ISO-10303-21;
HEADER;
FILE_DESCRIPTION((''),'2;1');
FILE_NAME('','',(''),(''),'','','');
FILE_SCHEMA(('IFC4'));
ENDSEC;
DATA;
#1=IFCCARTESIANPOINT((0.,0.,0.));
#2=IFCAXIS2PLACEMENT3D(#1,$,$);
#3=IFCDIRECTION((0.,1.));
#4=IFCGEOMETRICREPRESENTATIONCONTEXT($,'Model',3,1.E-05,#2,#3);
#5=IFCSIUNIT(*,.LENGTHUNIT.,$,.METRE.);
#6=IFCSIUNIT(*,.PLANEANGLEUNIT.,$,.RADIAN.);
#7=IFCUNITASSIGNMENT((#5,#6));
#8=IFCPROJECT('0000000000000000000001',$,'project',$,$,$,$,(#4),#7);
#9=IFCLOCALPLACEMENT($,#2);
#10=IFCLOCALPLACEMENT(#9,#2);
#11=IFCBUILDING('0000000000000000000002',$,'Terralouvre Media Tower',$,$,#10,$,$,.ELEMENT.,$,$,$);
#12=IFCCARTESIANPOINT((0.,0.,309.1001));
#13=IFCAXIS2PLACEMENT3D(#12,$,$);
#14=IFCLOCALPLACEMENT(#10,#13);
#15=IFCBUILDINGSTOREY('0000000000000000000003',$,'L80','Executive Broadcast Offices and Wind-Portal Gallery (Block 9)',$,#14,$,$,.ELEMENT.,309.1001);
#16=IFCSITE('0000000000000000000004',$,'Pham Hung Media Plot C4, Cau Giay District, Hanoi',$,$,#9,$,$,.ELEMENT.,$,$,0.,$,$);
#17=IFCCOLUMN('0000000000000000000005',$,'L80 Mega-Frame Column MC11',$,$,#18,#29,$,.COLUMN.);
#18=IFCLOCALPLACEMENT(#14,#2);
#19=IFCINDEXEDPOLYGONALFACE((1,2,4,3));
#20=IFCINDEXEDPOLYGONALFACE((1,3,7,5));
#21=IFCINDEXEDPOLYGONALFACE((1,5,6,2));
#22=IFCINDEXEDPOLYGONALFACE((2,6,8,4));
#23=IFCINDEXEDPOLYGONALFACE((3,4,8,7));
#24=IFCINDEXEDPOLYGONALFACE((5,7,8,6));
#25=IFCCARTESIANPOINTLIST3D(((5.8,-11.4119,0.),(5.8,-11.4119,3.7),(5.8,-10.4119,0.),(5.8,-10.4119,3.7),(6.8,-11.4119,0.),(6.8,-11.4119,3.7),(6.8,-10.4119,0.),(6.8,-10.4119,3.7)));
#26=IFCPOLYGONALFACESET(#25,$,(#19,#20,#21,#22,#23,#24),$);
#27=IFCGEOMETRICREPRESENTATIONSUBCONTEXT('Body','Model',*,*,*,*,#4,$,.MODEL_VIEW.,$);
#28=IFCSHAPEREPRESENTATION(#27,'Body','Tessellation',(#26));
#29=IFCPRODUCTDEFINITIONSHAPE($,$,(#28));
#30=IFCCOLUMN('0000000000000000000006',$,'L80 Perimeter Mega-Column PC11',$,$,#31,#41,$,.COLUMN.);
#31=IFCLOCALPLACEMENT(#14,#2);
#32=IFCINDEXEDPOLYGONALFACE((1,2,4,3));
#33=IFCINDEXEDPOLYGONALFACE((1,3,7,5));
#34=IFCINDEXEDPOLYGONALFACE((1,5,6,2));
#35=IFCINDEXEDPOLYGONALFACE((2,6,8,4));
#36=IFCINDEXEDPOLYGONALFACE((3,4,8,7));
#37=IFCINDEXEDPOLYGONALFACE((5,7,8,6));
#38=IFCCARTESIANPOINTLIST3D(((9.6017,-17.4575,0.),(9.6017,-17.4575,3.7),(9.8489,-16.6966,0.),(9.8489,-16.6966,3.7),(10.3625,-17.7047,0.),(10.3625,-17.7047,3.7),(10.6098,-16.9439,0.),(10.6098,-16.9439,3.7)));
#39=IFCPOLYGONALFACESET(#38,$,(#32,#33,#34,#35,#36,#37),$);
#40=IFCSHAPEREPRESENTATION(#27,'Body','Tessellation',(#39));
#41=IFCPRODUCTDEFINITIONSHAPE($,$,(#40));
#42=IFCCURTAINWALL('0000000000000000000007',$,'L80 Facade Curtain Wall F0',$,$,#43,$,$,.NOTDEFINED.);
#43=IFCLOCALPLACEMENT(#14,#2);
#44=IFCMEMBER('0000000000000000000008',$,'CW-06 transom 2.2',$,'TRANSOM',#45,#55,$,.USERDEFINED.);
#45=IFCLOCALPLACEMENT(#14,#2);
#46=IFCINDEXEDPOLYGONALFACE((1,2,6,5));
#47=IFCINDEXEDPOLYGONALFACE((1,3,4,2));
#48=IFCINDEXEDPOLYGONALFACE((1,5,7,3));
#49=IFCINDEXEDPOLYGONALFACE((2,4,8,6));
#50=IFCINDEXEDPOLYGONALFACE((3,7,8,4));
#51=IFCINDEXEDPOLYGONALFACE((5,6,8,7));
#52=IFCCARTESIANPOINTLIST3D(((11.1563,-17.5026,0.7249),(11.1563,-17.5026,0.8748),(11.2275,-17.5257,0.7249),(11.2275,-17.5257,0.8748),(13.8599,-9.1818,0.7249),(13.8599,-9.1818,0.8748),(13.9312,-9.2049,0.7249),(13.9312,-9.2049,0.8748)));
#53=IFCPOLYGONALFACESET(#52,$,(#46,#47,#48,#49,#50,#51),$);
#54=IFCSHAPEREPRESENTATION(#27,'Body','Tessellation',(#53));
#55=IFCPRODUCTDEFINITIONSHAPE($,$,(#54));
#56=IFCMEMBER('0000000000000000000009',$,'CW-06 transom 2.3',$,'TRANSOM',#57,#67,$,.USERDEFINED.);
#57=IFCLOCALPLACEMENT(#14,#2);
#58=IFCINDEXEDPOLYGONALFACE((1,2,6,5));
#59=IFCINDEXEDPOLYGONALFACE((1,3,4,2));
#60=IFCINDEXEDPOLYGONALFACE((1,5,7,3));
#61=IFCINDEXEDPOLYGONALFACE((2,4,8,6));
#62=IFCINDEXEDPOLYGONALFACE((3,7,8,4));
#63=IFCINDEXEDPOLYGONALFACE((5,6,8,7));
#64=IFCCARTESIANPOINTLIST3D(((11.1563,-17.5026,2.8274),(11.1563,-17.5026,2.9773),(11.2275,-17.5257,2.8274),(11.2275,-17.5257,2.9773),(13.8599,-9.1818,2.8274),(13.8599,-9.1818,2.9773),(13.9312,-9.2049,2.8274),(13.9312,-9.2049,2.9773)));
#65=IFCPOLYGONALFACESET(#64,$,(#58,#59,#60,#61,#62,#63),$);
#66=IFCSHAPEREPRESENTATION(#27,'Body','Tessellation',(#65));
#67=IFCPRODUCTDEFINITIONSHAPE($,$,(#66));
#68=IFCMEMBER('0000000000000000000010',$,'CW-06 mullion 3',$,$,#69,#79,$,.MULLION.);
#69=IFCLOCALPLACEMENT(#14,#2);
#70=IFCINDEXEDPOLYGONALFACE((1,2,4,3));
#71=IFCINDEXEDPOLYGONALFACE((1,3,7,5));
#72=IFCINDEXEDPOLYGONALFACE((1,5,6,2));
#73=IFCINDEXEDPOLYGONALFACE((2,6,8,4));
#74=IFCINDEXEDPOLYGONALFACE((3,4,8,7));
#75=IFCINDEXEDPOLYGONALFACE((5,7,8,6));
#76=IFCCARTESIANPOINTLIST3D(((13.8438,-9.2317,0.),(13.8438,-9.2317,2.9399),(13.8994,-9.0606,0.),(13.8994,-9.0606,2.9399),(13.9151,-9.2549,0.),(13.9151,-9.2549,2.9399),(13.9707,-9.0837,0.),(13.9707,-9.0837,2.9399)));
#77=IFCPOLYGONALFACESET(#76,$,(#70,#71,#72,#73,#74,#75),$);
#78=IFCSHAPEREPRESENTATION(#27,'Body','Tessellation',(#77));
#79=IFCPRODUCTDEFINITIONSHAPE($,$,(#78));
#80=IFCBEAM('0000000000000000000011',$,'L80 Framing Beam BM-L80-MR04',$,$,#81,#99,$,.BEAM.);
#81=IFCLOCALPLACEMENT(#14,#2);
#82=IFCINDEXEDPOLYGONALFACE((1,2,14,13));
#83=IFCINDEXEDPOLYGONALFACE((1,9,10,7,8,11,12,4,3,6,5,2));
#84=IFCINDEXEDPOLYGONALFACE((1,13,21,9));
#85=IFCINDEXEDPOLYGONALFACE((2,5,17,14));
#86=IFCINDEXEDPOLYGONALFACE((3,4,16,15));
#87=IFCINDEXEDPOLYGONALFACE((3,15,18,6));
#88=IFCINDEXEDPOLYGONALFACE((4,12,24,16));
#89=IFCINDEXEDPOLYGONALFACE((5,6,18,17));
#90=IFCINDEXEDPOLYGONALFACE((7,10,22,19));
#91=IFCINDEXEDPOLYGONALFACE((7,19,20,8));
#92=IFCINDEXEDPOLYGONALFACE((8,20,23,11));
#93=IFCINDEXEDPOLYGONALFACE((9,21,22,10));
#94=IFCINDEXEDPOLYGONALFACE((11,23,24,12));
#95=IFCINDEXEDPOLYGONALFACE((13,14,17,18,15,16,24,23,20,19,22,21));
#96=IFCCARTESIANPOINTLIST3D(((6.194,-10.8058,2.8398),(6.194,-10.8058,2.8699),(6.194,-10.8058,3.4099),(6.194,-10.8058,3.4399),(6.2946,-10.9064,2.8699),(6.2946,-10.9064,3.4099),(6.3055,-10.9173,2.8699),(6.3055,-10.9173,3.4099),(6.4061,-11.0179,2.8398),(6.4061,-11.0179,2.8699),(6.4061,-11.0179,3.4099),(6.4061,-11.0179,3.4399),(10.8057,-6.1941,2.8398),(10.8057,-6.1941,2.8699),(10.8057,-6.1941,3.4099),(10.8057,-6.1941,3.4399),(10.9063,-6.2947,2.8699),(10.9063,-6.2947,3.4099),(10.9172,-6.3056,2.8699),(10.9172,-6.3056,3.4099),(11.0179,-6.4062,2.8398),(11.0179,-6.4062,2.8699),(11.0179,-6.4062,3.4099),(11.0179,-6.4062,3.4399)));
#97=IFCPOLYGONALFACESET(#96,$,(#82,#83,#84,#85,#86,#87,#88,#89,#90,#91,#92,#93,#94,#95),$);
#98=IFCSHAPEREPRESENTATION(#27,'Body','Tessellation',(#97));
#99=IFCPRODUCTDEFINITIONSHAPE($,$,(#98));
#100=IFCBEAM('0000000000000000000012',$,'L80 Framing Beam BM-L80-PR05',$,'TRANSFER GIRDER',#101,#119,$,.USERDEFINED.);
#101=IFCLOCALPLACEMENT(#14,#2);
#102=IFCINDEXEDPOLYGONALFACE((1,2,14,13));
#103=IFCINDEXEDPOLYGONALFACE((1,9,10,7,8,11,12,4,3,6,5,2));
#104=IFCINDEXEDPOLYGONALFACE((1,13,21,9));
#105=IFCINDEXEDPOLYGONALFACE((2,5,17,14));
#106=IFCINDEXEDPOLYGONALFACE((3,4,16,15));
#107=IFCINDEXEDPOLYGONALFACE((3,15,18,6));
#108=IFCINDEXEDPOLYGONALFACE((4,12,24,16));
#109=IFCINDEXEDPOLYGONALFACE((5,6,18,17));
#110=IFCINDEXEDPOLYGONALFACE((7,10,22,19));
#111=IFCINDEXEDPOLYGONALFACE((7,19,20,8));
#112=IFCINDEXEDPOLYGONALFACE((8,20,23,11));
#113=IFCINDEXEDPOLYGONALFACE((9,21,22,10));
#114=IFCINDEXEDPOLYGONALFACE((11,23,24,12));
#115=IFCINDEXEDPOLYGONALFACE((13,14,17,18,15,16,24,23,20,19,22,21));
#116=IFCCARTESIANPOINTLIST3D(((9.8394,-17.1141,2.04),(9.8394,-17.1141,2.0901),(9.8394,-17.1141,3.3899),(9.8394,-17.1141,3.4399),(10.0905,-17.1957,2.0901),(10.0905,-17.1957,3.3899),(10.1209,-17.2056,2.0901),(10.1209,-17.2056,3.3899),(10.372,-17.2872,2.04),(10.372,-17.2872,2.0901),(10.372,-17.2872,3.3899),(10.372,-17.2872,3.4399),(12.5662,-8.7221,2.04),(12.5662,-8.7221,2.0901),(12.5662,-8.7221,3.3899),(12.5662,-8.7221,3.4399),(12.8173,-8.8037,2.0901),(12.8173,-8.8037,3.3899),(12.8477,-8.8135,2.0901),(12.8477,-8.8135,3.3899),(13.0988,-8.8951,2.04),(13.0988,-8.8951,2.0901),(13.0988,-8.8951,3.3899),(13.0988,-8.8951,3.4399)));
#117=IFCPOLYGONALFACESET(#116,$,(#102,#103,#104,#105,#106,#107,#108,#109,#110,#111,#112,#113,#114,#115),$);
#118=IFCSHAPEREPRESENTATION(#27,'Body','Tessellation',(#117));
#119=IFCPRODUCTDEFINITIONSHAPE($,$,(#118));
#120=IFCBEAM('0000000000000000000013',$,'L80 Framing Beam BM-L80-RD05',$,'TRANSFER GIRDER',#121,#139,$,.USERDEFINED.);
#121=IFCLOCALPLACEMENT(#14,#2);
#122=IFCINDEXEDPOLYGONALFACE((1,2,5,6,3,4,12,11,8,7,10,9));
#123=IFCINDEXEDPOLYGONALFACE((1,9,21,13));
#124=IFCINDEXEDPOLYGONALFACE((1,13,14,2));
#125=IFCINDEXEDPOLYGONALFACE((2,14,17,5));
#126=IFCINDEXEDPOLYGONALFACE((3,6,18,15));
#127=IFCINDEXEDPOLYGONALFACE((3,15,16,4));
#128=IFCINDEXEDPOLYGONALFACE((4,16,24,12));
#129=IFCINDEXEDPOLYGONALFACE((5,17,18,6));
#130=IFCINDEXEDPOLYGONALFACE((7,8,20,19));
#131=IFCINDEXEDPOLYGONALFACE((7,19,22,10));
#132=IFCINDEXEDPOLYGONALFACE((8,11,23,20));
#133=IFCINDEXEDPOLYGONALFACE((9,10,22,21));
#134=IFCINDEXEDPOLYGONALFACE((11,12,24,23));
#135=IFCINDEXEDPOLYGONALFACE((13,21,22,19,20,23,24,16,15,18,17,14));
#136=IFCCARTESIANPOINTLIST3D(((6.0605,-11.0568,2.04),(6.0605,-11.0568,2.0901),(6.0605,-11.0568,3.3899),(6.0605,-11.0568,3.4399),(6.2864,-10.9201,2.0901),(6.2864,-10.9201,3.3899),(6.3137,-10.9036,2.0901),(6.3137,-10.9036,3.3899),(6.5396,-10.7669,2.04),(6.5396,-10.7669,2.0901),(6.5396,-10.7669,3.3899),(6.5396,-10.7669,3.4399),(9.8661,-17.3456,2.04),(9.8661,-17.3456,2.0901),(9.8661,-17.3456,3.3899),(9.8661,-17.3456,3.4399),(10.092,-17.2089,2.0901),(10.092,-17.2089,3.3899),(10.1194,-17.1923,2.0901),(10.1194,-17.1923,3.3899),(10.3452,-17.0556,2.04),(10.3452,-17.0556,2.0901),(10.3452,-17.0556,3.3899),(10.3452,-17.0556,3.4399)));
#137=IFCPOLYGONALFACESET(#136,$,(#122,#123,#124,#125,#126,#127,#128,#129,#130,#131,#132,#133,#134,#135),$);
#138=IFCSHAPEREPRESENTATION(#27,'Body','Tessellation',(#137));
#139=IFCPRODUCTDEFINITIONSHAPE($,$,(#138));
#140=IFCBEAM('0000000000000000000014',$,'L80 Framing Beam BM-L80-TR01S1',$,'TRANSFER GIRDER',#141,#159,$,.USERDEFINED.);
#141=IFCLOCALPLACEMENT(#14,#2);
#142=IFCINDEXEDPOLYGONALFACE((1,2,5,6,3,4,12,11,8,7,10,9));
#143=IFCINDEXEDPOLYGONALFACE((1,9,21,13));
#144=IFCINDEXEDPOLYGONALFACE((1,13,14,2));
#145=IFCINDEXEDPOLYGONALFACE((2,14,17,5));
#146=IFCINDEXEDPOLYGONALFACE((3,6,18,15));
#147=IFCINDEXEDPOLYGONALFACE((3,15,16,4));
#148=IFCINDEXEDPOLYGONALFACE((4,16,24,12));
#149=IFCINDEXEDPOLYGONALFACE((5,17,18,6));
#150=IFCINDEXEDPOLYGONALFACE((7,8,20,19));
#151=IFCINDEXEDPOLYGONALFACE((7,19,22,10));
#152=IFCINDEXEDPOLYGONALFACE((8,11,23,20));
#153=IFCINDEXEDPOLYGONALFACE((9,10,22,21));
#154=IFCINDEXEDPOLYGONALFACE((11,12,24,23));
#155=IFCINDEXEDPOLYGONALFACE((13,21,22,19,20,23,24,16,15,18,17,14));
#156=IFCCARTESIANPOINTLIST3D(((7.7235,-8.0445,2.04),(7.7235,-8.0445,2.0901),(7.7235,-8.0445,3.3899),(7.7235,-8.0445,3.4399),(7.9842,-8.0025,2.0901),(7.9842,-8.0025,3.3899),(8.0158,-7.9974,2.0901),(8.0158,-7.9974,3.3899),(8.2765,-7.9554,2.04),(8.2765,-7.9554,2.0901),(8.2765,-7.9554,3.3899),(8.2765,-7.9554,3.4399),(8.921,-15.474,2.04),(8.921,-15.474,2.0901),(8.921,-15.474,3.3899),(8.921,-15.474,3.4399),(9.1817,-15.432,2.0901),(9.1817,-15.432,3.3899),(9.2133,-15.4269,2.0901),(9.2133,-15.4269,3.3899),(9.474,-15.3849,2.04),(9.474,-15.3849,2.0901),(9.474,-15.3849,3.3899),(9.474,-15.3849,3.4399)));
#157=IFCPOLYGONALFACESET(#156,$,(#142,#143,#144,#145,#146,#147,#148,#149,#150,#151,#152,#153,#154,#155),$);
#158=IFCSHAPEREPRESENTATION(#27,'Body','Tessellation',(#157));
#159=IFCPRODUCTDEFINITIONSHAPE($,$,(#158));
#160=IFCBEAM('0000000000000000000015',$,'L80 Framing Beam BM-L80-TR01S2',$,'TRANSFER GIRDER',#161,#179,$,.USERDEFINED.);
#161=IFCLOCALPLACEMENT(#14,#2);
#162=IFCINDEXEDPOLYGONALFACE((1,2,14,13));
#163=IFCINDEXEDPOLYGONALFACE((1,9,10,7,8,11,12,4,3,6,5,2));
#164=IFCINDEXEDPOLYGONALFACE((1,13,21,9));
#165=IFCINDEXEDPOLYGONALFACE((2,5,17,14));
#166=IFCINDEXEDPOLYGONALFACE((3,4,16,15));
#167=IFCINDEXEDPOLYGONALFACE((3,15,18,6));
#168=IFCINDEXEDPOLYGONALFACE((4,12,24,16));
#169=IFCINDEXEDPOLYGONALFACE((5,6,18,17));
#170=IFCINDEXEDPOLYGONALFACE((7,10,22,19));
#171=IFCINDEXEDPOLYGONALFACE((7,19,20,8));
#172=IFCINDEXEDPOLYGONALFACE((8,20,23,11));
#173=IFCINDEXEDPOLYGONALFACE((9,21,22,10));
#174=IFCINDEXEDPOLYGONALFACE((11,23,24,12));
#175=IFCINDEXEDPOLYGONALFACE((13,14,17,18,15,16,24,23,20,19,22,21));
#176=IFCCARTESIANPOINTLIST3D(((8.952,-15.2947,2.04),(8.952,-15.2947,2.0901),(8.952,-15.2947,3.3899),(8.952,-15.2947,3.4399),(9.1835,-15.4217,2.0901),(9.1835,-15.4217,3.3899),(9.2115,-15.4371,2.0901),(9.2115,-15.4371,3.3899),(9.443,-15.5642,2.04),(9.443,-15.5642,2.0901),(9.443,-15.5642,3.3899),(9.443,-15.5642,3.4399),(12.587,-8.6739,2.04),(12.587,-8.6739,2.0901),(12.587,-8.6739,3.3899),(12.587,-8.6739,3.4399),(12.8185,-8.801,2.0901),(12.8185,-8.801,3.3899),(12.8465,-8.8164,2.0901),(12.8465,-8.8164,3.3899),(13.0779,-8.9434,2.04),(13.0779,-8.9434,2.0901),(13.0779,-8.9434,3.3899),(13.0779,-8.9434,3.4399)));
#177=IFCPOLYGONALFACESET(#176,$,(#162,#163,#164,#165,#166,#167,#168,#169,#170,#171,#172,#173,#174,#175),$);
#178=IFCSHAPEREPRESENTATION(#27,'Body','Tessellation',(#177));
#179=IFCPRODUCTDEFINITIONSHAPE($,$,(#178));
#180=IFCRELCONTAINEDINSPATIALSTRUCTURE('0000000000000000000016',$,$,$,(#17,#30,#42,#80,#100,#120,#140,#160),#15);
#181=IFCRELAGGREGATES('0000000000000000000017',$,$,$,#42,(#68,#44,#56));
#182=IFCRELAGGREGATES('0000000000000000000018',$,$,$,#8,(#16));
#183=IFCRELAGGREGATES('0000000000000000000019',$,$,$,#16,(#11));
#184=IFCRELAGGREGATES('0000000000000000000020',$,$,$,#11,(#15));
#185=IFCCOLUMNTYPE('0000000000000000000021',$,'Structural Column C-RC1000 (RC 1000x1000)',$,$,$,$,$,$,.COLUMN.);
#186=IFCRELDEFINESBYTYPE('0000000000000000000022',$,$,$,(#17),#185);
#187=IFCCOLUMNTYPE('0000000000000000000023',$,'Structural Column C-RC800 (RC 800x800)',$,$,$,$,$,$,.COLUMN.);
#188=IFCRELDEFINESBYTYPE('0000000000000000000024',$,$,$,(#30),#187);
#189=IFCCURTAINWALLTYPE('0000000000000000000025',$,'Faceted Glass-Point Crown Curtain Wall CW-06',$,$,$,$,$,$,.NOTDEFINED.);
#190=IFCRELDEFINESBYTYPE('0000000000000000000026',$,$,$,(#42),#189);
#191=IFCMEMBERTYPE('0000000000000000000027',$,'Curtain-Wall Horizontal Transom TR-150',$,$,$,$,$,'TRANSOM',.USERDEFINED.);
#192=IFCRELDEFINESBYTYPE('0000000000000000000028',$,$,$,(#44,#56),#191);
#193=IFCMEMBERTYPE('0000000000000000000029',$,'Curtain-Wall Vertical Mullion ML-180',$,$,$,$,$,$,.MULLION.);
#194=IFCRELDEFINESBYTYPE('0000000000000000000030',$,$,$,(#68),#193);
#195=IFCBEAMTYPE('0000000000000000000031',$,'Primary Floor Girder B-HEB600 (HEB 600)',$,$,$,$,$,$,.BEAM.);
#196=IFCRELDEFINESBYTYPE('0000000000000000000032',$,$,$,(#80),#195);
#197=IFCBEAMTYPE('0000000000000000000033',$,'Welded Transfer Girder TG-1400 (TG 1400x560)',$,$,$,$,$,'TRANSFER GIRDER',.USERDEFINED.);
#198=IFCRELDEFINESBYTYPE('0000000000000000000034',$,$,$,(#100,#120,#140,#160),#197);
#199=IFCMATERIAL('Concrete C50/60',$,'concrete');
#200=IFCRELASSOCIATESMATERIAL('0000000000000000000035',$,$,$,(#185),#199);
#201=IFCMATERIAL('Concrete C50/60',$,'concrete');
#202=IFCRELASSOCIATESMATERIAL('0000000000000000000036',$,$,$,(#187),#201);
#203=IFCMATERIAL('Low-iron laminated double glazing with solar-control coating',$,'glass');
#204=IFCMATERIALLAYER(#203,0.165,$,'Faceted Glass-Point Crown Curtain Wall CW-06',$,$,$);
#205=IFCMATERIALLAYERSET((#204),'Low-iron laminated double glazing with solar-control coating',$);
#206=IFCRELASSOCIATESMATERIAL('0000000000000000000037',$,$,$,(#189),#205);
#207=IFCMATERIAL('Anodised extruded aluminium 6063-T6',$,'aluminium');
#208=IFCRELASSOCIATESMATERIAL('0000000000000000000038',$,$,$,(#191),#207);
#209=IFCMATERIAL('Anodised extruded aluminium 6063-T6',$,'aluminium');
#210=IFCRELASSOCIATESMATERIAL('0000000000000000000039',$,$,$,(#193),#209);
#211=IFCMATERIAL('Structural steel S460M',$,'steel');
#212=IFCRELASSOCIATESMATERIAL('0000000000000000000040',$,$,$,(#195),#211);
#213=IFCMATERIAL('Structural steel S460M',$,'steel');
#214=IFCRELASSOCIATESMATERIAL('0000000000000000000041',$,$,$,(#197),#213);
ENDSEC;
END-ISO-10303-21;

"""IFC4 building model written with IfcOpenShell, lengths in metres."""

from ifc_helpers import new_model, si_unit, direction, frame, origin, origin_2d, place, context, subcontext, project, spatial, rectangle, i_section, extrude, material, layer, layer_set, material_profile, profile_set, type_object, element, aggregate, save


model = new_model("IFC4")

# Units and contexts
model_context = context("Model", 3, precision=1e-05, world=origin(), true_north=direction((0.0, 1.0)))
body_context = subcontext(model_context, "Body", "Model", "MODEL_VIEW")
ifc_project = project(units=[si_unit("LENGTHUNIT", "METRE"), si_unit("PLANEANGLEUNIT", "RADIAN")], contexts=[model_context])

# Site, building, storey
site_placement = place(None, origin())
site = spatial("IfcSite", under=ifc_project, at=site_placement, Name="Pham Hung Media Plot C4, Cau Giay District, Hanoi", CompositionType="ELEMENT", RefElevation=0.0)
building_placement = place(site_placement, origin())
building = spatial("IfcBuilding", under=site, at=building_placement, Name="Terralouvre Media Tower", CompositionType="ELEMENT")
storey_placement = place(building_placement, frame((0.0, 0.0, 309.1001)))
storey = spatial("IfcBuildingStorey", under=building, at=storey_placement, Name="L80", Description="Executive Broadcast Offices and Wind-Portal Gallery (Block 9)", CompositionType="ELEMENT", Elevation=309.1001)

# Columns
ifc_material_1 = material(Name="Concrete C50/60", Category="concrete")
ifc_material_profile_1 = material_profile(ifc_material_1, rectangle(XDim=1.0, YDim=1.0, at=origin_2d()), Name="RC 1000x1000")
ifc_profile_set_1 = profile_set([ifc_material_profile_1], Name="Concrete C50/60")
column_type_1 = type_object("IfcColumnType", Name="Structural Column C-RC1000 (RC 1000x1000)", PredefinedType="COLUMN", material=ifc_profile_set_1)
column_1_placement = place(storey_placement, frame((6.3, -10.9119, 0.0), z_axis=(0.0, 0.0, 1.0), x_axis=(1.0, 0.0, 0.0)))
element("IfcColumn", 1, at=column_1_placement, inside=storey, type_object=column_type_1, Name="L80 Mega-Frame Column MC11", PredefinedType="COLUMN", context=body_context, shape_type="SweptSolid", body=[
    extrude(rectangle(XDim=1.0, YDim=1.0, at=origin_2d()), origin(), (0.0, 0.0, 1.0), 3.7),
])
ifc_material_2 = material(Name="Concrete C50/60", Category="concrete")
ifc_material_profile_2 = material_profile(ifc_material_2, rectangle(XDim=0.8, YDim=0.8, at=origin_2d()), Name="RC 800x800")
ifc_profile_set_2 = profile_set([ifc_material_profile_2], Name="Concrete C50/60")
column_type_2 = type_object("IfcColumnType", Name="Structural Column C-RC800 (RC 800x800)", PredefinedType="COLUMN", material=ifc_profile_set_2)
column_2_placement = place(storey_placement, frame((10.1057, -17.2007, 0.0), z_axis=(0.0, 0.0, 1.0), x_axis=(0.309017, 0.951057, 0.0)))
element("IfcColumn", 2, at=column_2_placement, inside=storey, type_object=column_type_2, Name="L80 Perimeter Mega-Column PC11", PredefinedType="COLUMN", context=body_context, shape_type="SweptSolid", body=[
    extrude(rectangle(XDim=0.8, YDim=0.8, at=origin_2d()), origin(), (0.0, 0.0, 1.0), 3.7),
])

# Curtain wall, members
ifc_material_3 = material(Name="Low-iron laminated double glazing with solar-control coating", Category="glass")
ifc_layer_1 = layer(ifc_material_3, 0.165, Name="Faceted Glass-Point Crown Curtain Wall CW-06")
ifc_layer_set_1 = layer_set([ifc_layer_1], Name="Low-iron laminated double glazing with solar-control coating")
curtain_wall_type = type_object("IfcCurtainWallType", Name="Faceted Glass-Point Crown Curtain Wall CW-06", PredefinedType="NOTDEFINED", material=ifc_layer_set_1)
curtain_wall_placement = place(storey_placement, origin())
curtain_wall = element("IfcCurtainWall", 3, at=curtain_wall_placement, inside=storey, type_object=curtain_wall_type, Name="L80 Facade Curtain Wall F0", PredefinedType="NOTDEFINED")
ifc_material_4 = material(Name="Anodised extruded aluminium 6063-T6", Category="aluminium")
ifc_material_profile_3 = material_profile(ifc_material_4, rectangle(XDim=0.075, YDim=0.1499, at=origin_2d()), Name="ALU 75x150")
ifc_profile_set_3 = profile_set([ifc_material_profile_3], Name="Anodised extruded aluminium 6063-T6")
member_type_1 = type_object("IfcMemberType", Name="Curtain-Wall Horizontal Transom TR-150", ElementType="TRANSOM", PredefinedType="USERDEFINED", material=ifc_profile_set_3)
member_1_placement = place(storey_placement, frame((11.1919, -17.5142, 0.7998), z_axis=(0.309019, 0.951056, 0.0), x_axis=(-0.951056, 0.309019, 0.0)))
member_1 = element("IfcMember", 4, at=member_1_placement, type_object=member_type_1, Name="CW-06 transom 2.2", ObjectType="TRANSOM", PredefinedType="USERDEFINED", context=body_context, shape_type="SweptSolid", body=[
    extrude(rectangle(XDim=0.075, YDim=0.1499, at=origin_2d()), origin(), (0.0, 0.0, 1.0), 8.749),
])
member_2_placement = place(storey_placement, frame((11.1919, -17.5142, 2.9023), z_axis=(0.309019, 0.951056, 0.0), x_axis=(-0.951056, 0.309019, 0.0)))
member_2 = element("IfcMember", 5, at=member_2_placement, type_object=member_type_1, Name="CW-06 transom 2.3", ObjectType="TRANSOM", PredefinedType="USERDEFINED", context=body_context, shape_type="SweptSolid", body=[
    extrude(rectangle(XDim=0.075, YDim=0.1499, at=origin_2d()), origin(), (0.0, 0.0, 1.0), 8.749),
])
ifc_material_5 = material(Name="Anodised extruded aluminium 6063-T6", Category="aluminium")
ifc_material_profile_4 = material_profile(ifc_material_5, rectangle(XDim=0.075, YDim=0.1799, at=origin_2d()), Name="ALU 75x180")
ifc_profile_set_4 = profile_set([ifc_material_profile_4], Name="Anodised extruded aluminium 6063-T6")
member_type_2 = type_object("IfcMemberType", Name="Curtain-Wall Vertical Mullion ML-180", PredefinedType="MULLION", material=ifc_profile_set_4)
member_3_placement = place(storey_placement, frame((13.9072, -9.1577, 0.0), z_axis=(0.0, 0.0, 1.0), x_axis=(-0.951057, 0.309017, 0.0)))
member_3 = element("IfcMember", 6, at=member_3_placement, type_object=member_type_2, Name="CW-06 mullion 3", PredefinedType="MULLION", context=body_context, shape_type="SweptSolid", body=[
    extrude(rectangle(XDim=0.075, YDim=0.1799, at=origin_2d()), origin(), (0.0, 0.0, 1.0), 2.9399),
])

# Beams
ifc_material_6 = material(Name="Structural steel S460M", Category="steel")
ifc_material_profile_5 = material_profile(ifc_material_6, i_section(OverallWidth=0.3, OverallDepth=0.6001, WebThickness=0.0154, FlangeThickness=0.03, at=origin_2d()), Name="HEB 600")
ifc_profile_set_5 = profile_set([ifc_material_profile_5], Name="Structural steel S460M")
beam_type_1 = type_object("IfcBeamType", Name="Primary Floor Girder B-HEB600 (HEB 600)", PredefinedType="BEAM", material=ifc_profile_set_5)
beam_1_placement = place(storey_placement, frame((6.3, -10.9119, 3.1399), z_axis=(0.707107, 0.707107, 0.0), x_axis=(-0.707107, 0.707107, 0.0)))
element("IfcBeam", 7, at=beam_1_placement, inside=storey, type_object=beam_type_1, Name="L80 Framing Beam BM-L80-MR04", PredefinedType="BEAM", context=body_context, shape_type="SweptSolid", body=[
    extrude(i_section(OverallWidth=0.3, OverallDepth=0.6001, WebThickness=0.0154, FlangeThickness=0.03, at=origin_2d()), origin(), (0.0, 0.0, 1.0), 6.522),
])
ifc_material_7 = material(Name="Structural steel S460M", Category="steel")
ifc_material_profile_6 = material_profile(ifc_material_7, i_section(OverallWidth=0.5601, OverallDepth=1.3999, WebThickness=0.032, FlangeThickness=0.05, at=origin_2d()), Name="TG 1400x560")
ifc_profile_set_6 = profile_set([ifc_material_profile_6], Name="Structural steel S460M")
beam_type_2 = type_object("IfcBeamType", Name="Welded Transfer Girder TG-1400 (TG 1400x560)", ElementType="TRANSFER GIRDER", PredefinedType="USERDEFINED", material=ifc_profile_set_6)
beam_2_placement = place(storey_placement, frame((10.1057, -17.2007, 2.74), z_axis=(0.309022, 0.951055, 0.0), x_axis=(-0.951055, 0.309022, 0.0)))
element("IfcBeam", 8, at=beam_2_placement, inside=storey, type_object=beam_type_2, Name="L80 Framing Beam BM-L80-PR05", ObjectType="TRANSFER GIRDER", PredefinedType="USERDEFINED", context=body_context, shape_type="SweptSolid", body=[
    extrude(i_section(OverallWidth=0.5601, OverallDepth=1.3999, WebThickness=0.032, FlangeThickness=0.05, at=origin_2d()), origin(), (0.0, 0.0, 1.0), 8.824),
])
beam_3_placement = place(storey_placement, frame((6.3, -10.9119, 2.74), z_axis=(0.51773, -0.855544, 0.0), x_axis=(0.855544, 0.51773, 0.0)))
element("IfcBeam", 9, at=beam_3_placement, inside=storey, type_object=beam_type_2, Name="L80 Framing Beam BM-L80-RD05", ObjectType="TRANSFER GIRDER", PredefinedType="USERDEFINED", context=body_context, shape_type="SweptSolid", body=[
    extrude(i_section(OverallWidth=0.5601, OverallDepth=1.3999, WebThickness=0.032, FlangeThickness=0.05, at=origin_2d()), origin(), (0.0, 0.0, 1.0), 7.3506),
])
beam_4_placement = place(storey_placement, frame((9.1975, -15.4294, 2.74), z_axis=(-0.15913, 0.987258, 0.0), x_axis=(-0.987258, -0.15913, 0.0)))
element("IfcBeam", 10, at=beam_4_placement, inside=storey, type_object=beam_type_2, Name="L80 Framing Beam BM-L80-TR01S1", ObjectType="TRANSFER GIRDER", PredefinedType="USERDEFINED", context=body_context, shape_type="SweptSolid", body=[
    extrude(i_section(OverallWidth=0.5601, OverallDepth=1.3999, WebThickness=0.032, FlangeThickness=0.05, at=origin_2d()), origin(), (0.0, 0.0, 1.0), 7.5254),
])
beam_5_placement = place(storey_placement, frame((9.1975, -15.4294, 2.74), z_axis=(0.481262, 0.876577, 0.0), x_axis=(-0.876577, 0.481262, 0.0)))
element("IfcBeam", 11, at=beam_5_placement, inside=storey, type_object=beam_type_2, Name="L80 Framing Beam BM-L80-TR01S2", ObjectType="TRANSFER GIRDER", PredefinedType="USERDEFINED", context=body_context, shape_type="SweptSolid", body=[
    extrude(i_section(OverallWidth=0.5601, OverallDepth=1.3999, WebThickness=0.032, FlangeThickness=0.05, at=origin_2d()), origin(), (0.0, 0.0, 1.0), 7.553),
])

aggregate(curtain_wall, [member_3, member_1, member_2])

save(model, "model.ifc")
